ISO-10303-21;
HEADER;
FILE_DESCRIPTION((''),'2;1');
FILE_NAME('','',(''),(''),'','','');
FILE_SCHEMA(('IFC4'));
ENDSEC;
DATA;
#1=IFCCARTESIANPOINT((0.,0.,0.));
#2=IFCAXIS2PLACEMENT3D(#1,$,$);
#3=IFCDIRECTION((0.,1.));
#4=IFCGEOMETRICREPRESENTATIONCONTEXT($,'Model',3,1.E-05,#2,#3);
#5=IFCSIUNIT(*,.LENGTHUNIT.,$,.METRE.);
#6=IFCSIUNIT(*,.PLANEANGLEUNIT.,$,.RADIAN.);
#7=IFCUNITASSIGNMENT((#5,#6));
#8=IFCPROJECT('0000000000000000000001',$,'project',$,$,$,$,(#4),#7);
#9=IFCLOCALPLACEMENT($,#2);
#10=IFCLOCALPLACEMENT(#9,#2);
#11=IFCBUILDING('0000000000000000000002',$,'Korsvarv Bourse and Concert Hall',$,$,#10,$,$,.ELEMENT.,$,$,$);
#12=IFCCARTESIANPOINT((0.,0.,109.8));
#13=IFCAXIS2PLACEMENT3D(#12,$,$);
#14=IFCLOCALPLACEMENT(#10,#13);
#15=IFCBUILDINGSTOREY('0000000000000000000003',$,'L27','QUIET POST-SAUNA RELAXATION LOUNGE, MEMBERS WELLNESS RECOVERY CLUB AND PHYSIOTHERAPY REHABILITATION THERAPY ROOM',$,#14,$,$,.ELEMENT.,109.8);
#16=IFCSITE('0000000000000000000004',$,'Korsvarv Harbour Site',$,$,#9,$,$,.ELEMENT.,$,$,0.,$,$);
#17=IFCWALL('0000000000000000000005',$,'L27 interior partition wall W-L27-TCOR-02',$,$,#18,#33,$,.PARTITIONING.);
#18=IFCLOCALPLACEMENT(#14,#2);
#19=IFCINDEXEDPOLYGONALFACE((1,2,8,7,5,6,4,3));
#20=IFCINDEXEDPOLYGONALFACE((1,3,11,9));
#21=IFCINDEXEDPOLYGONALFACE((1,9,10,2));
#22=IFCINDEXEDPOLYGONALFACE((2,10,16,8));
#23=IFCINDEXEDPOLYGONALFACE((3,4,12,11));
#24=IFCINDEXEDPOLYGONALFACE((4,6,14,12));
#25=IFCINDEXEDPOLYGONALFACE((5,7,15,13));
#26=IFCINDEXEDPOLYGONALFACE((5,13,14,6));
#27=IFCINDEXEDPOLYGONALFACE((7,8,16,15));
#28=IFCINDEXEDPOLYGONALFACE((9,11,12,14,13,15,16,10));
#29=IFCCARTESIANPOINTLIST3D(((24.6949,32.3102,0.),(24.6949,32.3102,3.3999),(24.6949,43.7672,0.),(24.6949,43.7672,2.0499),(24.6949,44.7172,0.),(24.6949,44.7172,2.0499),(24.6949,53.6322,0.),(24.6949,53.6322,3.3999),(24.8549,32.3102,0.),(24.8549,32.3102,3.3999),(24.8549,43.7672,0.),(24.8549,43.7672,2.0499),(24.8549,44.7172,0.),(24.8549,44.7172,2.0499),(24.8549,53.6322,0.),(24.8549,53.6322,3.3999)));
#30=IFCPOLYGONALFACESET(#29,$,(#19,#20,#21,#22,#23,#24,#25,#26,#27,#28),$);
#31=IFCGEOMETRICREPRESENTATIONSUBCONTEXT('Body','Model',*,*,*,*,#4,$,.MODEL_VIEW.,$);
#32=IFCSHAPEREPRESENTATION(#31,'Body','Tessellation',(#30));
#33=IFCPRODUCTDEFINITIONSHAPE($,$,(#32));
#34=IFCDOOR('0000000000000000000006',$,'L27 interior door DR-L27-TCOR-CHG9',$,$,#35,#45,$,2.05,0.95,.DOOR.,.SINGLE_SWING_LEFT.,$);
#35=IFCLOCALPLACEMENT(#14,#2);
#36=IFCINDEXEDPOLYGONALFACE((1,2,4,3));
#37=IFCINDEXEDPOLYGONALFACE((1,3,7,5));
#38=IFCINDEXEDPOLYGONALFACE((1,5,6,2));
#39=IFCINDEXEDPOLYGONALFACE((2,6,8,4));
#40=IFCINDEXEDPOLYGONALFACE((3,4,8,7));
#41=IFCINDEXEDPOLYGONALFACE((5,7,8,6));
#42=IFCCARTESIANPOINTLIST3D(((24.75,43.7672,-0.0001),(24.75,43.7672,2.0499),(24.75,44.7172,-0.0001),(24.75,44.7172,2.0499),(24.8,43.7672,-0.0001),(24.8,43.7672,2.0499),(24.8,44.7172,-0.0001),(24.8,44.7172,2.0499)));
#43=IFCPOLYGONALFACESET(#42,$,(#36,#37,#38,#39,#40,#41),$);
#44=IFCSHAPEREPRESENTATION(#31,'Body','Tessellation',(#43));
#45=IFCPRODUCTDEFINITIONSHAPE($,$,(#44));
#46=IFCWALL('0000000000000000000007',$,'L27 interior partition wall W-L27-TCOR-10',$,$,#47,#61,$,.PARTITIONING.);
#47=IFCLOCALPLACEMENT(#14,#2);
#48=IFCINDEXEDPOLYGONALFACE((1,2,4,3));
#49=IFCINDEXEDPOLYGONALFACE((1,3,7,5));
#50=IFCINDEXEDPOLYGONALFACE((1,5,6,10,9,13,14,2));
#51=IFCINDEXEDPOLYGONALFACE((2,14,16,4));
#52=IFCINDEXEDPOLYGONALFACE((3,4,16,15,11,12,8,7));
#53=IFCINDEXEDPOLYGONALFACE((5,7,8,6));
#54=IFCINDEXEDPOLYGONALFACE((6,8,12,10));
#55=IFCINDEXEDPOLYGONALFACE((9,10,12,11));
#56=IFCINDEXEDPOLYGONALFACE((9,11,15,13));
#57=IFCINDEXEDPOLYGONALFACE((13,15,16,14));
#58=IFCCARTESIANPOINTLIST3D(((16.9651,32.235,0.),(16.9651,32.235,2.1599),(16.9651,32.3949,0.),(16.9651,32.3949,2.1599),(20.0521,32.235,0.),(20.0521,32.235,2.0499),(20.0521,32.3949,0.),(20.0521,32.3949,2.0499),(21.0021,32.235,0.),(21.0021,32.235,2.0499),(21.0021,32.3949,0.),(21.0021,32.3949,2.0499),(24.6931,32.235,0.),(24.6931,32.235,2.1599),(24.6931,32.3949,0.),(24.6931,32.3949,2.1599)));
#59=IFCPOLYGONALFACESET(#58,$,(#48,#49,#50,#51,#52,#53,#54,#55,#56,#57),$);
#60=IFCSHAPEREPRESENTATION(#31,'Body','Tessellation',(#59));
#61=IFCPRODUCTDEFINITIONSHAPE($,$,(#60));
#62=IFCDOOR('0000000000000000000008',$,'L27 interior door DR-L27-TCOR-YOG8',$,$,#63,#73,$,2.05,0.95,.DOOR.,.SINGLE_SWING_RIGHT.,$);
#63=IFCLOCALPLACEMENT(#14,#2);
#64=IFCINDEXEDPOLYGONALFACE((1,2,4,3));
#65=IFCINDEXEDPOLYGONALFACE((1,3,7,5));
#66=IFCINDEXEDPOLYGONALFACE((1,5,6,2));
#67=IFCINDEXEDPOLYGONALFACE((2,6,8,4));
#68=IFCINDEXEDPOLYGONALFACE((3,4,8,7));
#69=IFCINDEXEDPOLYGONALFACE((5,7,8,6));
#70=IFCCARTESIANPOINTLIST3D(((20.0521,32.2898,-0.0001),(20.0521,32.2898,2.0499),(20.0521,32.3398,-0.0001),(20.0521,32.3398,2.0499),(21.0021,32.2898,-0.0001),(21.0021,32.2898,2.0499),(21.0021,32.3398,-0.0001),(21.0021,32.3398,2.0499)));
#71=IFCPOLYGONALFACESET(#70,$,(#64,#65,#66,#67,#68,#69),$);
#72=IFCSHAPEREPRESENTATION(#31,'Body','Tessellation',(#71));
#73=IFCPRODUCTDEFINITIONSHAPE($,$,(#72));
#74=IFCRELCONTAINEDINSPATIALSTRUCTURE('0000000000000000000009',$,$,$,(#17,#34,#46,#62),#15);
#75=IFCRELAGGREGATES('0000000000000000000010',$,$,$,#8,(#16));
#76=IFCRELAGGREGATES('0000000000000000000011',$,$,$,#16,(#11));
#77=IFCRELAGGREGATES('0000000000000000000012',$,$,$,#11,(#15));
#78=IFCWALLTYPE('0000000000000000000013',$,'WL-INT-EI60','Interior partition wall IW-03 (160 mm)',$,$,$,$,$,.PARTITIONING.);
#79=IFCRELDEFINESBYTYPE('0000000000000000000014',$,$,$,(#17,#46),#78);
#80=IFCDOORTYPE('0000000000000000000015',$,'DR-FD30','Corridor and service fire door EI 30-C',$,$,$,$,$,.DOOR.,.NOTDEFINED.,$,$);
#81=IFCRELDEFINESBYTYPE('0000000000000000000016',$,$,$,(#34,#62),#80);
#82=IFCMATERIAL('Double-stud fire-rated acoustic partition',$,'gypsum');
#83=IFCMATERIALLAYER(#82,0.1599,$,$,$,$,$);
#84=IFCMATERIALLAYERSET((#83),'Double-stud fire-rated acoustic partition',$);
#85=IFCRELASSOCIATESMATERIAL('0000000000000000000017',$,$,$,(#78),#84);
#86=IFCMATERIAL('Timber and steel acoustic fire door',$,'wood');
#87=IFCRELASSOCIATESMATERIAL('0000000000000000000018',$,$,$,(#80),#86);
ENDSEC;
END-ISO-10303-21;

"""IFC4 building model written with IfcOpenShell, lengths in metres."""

from ifc_helpers import new_model, si_unit, direction, frame, frame_2d, origin, place, context, subcontext, project, spatial, rectangle, extrude, material, layer, layer_set, type_object, element, fill, save


model = new_model("IFC4")

# Units and contexts
model_context = context("Model", 3, precision=1e-05, world=origin(), true_north=direction((0.0, 1.0)))
body_context = subcontext(model_context, "Body", "Model", "MODEL_VIEW")
ifc_project = project(units=[si_unit("LENGTHUNIT", "METRE"), si_unit("PLANEANGLEUNIT", "RADIAN")], contexts=[model_context])

# Site, building, storey
site_placement = place(None, origin())
site = spatial("IfcSite", under=ifc_project, at=site_placement, Name="Korsvarv Harbour Site", CompositionType="ELEMENT", RefElevation=0.0)
building_placement = place(site_placement, origin())
building = spatial("IfcBuilding", under=site, at=building_placement, Name="Korsvarv Bourse and Concert Hall", CompositionType="ELEMENT")
storey_placement = place(building_placement, frame((0.0, 0.0, 109.8)))
storey = spatial("IfcBuildingStorey", under=building, at=storey_placement, Name="L27", Description="QUIET POST-SAUNA RELAXATION LOUNGE, MEMBERS WELLNESS RECOVERY CLUB AND PHYSIOTHERAPY REHABILITATION THERAPY ROOM", CompositionType="ELEMENT", Elevation=109.8)

# Shared definitions
ifc_material_1 = material(Name="Double-stud fire-rated acoustic partition", Category="gypsum")
ifc_layer_1 = layer(ifc_material_1, 0.1599)
ifc_layer_set_1 = layer_set([ifc_layer_1], Name="Double-stud fire-rated acoustic partition")
wall_type = type_object("IfcWallType", Name="WL-INT-EI60", Description="Interior partition wall IW-03 (160 mm)", PredefinedType="PARTITIONING", material=ifc_layer_set_1)

# Walls, openings, doors
wall_1_placement = place(storey_placement, frame((24.7749, 32.3101, 0.0), z_axis=(0.0, 0.0, 1.0), x_axis=(0.0, 1.0, 0.0)))
wall_1 = element("IfcWall", 1, at=wall_1_placement, inside=storey, type_object=wall_type, Name="L27 interior partition wall W-L27-TCOR-02", PredefinedType="PARTITIONING", context=body_context, shape_type="SweptSolid", body=[
    extrude(rectangle(XDim=21.322, YDim=0.1599, at=frame_2d((10.6611, 0.0))), origin(), (0.0, 0.0, 1.0), 3.3999),
])
opening_1_placement = place(wall_1_placement, frame((11.457, 0.0, 0.0)))
opening_1 = element("IfcOpeningElement", 2, at=opening_1_placement, cuts=wall_1, PredefinedType="OPENING", context=body_context, shape_type="SweptSolid", body=[
    extrude(rectangle(XDim=0.95, YDim=2.05, at=frame_2d((0.4751, 1.0249))), frame((0.0, 0.0898, 0.0), z_axis=(0.0, -1.0, 0.0), x_axis=(1.0, 0.0, 0.0)), (0.0, 0.0, 1.0), 0.1799),
])
ifc_material_2 = material(Name="Timber and steel acoustic fire door", Category="wood")
door_type_1 = type_object("IfcDoorType", Name="DR-FD30", Description="Corridor and service fire door EI 30-C", OperationType="NOTDEFINED", PredefinedType="DOOR", material=ifc_material_2)
door_1_placement = place(opening_1_placement, origin())
door_1 = element("IfcDoor", 3, at=door_1_placement, inside=storey, type_object=door_type_1, Name="L27 interior door DR-L27-TCOR-CHG9", OperationType="SINGLE_SWING_LEFT", OverallHeight=2.05, OverallWidth=0.95, PredefinedType="DOOR", context=body_context, shape_type="SweptSolid", body=[
    extrude(rectangle(XDim=0.95, YDim=2.05, at=frame_2d((0.4751, 1.0249))), frame((0.0, 0.0249, 0.0), z_axis=(0.0, -1.0, 0.0), x_axis=(1.0, 0.0, 0.0)), (0.0, 0.0, 1.0), 0.05),
])
fill(opening_1, door_1)
wall_2_placement = place(storey_placement, frame((16.9651, 32.3149, 0.0), z_axis=(0.0, 0.0, 1.0), x_axis=(1.0, 0.0, 0.0)))
wall_2 = element("IfcWall", 4, at=wall_2_placement, inside=storey, type_object=wall_type, Name="L27 interior partition wall W-L27-TCOR-10", PredefinedType="PARTITIONING", context=body_context, shape_type="SweptSolid", body=[
    extrude(rectangle(XDim=7.728, YDim=0.1599, at=frame_2d((3.864, 0.0))), origin(), (0.0, 0.0, 1.0), 2.1599),
])
opening_2_placement = place(wall_2_placement, frame((3.0869, 0.0, 0.0)))
opening_2 = element("IfcOpeningElement", 5, at=opening_2_placement, cuts=wall_2, PredefinedType="OPENING", context=body_context, shape_type="SweptSolid", body=[
    extrude(rectangle(XDim=0.95, YDim=2.05, at=frame_2d((0.4751, 1.0249))), frame((0.0, 0.0898, 0.0), z_axis=(0.0, -1.0, 0.0), x_axis=(1.0, 0.0, 0.0)), (0.0, 0.0, 1.0), 0.1799),
])
door_2_placement = place(opening_2_placement, origin())
door_2 = element("IfcDoor", 6, at=door_2_placement, inside=storey, type_object=door_type_1, Name="L27 interior door DR-L27-TCOR-YOG8", OperationType="SINGLE_SWING_RIGHT", OverallHeight=2.05, OverallWidth=0.95, PredefinedType="DOOR", context=body_context, shape_type="SweptSolid", body=[
    extrude(rectangle(XDim=0.95, YDim=2.05, at=frame_2d((0.4751, 1.0249))), frame((0.0, 0.0249, 0.0), z_axis=(0.0, -1.0, 0.0), x_axis=(1.0, 0.0, 0.0)), (0.0, 0.0, 1.0), 0.05),
])
fill(opening_2, door_2)

save(model, "model.ifc")
